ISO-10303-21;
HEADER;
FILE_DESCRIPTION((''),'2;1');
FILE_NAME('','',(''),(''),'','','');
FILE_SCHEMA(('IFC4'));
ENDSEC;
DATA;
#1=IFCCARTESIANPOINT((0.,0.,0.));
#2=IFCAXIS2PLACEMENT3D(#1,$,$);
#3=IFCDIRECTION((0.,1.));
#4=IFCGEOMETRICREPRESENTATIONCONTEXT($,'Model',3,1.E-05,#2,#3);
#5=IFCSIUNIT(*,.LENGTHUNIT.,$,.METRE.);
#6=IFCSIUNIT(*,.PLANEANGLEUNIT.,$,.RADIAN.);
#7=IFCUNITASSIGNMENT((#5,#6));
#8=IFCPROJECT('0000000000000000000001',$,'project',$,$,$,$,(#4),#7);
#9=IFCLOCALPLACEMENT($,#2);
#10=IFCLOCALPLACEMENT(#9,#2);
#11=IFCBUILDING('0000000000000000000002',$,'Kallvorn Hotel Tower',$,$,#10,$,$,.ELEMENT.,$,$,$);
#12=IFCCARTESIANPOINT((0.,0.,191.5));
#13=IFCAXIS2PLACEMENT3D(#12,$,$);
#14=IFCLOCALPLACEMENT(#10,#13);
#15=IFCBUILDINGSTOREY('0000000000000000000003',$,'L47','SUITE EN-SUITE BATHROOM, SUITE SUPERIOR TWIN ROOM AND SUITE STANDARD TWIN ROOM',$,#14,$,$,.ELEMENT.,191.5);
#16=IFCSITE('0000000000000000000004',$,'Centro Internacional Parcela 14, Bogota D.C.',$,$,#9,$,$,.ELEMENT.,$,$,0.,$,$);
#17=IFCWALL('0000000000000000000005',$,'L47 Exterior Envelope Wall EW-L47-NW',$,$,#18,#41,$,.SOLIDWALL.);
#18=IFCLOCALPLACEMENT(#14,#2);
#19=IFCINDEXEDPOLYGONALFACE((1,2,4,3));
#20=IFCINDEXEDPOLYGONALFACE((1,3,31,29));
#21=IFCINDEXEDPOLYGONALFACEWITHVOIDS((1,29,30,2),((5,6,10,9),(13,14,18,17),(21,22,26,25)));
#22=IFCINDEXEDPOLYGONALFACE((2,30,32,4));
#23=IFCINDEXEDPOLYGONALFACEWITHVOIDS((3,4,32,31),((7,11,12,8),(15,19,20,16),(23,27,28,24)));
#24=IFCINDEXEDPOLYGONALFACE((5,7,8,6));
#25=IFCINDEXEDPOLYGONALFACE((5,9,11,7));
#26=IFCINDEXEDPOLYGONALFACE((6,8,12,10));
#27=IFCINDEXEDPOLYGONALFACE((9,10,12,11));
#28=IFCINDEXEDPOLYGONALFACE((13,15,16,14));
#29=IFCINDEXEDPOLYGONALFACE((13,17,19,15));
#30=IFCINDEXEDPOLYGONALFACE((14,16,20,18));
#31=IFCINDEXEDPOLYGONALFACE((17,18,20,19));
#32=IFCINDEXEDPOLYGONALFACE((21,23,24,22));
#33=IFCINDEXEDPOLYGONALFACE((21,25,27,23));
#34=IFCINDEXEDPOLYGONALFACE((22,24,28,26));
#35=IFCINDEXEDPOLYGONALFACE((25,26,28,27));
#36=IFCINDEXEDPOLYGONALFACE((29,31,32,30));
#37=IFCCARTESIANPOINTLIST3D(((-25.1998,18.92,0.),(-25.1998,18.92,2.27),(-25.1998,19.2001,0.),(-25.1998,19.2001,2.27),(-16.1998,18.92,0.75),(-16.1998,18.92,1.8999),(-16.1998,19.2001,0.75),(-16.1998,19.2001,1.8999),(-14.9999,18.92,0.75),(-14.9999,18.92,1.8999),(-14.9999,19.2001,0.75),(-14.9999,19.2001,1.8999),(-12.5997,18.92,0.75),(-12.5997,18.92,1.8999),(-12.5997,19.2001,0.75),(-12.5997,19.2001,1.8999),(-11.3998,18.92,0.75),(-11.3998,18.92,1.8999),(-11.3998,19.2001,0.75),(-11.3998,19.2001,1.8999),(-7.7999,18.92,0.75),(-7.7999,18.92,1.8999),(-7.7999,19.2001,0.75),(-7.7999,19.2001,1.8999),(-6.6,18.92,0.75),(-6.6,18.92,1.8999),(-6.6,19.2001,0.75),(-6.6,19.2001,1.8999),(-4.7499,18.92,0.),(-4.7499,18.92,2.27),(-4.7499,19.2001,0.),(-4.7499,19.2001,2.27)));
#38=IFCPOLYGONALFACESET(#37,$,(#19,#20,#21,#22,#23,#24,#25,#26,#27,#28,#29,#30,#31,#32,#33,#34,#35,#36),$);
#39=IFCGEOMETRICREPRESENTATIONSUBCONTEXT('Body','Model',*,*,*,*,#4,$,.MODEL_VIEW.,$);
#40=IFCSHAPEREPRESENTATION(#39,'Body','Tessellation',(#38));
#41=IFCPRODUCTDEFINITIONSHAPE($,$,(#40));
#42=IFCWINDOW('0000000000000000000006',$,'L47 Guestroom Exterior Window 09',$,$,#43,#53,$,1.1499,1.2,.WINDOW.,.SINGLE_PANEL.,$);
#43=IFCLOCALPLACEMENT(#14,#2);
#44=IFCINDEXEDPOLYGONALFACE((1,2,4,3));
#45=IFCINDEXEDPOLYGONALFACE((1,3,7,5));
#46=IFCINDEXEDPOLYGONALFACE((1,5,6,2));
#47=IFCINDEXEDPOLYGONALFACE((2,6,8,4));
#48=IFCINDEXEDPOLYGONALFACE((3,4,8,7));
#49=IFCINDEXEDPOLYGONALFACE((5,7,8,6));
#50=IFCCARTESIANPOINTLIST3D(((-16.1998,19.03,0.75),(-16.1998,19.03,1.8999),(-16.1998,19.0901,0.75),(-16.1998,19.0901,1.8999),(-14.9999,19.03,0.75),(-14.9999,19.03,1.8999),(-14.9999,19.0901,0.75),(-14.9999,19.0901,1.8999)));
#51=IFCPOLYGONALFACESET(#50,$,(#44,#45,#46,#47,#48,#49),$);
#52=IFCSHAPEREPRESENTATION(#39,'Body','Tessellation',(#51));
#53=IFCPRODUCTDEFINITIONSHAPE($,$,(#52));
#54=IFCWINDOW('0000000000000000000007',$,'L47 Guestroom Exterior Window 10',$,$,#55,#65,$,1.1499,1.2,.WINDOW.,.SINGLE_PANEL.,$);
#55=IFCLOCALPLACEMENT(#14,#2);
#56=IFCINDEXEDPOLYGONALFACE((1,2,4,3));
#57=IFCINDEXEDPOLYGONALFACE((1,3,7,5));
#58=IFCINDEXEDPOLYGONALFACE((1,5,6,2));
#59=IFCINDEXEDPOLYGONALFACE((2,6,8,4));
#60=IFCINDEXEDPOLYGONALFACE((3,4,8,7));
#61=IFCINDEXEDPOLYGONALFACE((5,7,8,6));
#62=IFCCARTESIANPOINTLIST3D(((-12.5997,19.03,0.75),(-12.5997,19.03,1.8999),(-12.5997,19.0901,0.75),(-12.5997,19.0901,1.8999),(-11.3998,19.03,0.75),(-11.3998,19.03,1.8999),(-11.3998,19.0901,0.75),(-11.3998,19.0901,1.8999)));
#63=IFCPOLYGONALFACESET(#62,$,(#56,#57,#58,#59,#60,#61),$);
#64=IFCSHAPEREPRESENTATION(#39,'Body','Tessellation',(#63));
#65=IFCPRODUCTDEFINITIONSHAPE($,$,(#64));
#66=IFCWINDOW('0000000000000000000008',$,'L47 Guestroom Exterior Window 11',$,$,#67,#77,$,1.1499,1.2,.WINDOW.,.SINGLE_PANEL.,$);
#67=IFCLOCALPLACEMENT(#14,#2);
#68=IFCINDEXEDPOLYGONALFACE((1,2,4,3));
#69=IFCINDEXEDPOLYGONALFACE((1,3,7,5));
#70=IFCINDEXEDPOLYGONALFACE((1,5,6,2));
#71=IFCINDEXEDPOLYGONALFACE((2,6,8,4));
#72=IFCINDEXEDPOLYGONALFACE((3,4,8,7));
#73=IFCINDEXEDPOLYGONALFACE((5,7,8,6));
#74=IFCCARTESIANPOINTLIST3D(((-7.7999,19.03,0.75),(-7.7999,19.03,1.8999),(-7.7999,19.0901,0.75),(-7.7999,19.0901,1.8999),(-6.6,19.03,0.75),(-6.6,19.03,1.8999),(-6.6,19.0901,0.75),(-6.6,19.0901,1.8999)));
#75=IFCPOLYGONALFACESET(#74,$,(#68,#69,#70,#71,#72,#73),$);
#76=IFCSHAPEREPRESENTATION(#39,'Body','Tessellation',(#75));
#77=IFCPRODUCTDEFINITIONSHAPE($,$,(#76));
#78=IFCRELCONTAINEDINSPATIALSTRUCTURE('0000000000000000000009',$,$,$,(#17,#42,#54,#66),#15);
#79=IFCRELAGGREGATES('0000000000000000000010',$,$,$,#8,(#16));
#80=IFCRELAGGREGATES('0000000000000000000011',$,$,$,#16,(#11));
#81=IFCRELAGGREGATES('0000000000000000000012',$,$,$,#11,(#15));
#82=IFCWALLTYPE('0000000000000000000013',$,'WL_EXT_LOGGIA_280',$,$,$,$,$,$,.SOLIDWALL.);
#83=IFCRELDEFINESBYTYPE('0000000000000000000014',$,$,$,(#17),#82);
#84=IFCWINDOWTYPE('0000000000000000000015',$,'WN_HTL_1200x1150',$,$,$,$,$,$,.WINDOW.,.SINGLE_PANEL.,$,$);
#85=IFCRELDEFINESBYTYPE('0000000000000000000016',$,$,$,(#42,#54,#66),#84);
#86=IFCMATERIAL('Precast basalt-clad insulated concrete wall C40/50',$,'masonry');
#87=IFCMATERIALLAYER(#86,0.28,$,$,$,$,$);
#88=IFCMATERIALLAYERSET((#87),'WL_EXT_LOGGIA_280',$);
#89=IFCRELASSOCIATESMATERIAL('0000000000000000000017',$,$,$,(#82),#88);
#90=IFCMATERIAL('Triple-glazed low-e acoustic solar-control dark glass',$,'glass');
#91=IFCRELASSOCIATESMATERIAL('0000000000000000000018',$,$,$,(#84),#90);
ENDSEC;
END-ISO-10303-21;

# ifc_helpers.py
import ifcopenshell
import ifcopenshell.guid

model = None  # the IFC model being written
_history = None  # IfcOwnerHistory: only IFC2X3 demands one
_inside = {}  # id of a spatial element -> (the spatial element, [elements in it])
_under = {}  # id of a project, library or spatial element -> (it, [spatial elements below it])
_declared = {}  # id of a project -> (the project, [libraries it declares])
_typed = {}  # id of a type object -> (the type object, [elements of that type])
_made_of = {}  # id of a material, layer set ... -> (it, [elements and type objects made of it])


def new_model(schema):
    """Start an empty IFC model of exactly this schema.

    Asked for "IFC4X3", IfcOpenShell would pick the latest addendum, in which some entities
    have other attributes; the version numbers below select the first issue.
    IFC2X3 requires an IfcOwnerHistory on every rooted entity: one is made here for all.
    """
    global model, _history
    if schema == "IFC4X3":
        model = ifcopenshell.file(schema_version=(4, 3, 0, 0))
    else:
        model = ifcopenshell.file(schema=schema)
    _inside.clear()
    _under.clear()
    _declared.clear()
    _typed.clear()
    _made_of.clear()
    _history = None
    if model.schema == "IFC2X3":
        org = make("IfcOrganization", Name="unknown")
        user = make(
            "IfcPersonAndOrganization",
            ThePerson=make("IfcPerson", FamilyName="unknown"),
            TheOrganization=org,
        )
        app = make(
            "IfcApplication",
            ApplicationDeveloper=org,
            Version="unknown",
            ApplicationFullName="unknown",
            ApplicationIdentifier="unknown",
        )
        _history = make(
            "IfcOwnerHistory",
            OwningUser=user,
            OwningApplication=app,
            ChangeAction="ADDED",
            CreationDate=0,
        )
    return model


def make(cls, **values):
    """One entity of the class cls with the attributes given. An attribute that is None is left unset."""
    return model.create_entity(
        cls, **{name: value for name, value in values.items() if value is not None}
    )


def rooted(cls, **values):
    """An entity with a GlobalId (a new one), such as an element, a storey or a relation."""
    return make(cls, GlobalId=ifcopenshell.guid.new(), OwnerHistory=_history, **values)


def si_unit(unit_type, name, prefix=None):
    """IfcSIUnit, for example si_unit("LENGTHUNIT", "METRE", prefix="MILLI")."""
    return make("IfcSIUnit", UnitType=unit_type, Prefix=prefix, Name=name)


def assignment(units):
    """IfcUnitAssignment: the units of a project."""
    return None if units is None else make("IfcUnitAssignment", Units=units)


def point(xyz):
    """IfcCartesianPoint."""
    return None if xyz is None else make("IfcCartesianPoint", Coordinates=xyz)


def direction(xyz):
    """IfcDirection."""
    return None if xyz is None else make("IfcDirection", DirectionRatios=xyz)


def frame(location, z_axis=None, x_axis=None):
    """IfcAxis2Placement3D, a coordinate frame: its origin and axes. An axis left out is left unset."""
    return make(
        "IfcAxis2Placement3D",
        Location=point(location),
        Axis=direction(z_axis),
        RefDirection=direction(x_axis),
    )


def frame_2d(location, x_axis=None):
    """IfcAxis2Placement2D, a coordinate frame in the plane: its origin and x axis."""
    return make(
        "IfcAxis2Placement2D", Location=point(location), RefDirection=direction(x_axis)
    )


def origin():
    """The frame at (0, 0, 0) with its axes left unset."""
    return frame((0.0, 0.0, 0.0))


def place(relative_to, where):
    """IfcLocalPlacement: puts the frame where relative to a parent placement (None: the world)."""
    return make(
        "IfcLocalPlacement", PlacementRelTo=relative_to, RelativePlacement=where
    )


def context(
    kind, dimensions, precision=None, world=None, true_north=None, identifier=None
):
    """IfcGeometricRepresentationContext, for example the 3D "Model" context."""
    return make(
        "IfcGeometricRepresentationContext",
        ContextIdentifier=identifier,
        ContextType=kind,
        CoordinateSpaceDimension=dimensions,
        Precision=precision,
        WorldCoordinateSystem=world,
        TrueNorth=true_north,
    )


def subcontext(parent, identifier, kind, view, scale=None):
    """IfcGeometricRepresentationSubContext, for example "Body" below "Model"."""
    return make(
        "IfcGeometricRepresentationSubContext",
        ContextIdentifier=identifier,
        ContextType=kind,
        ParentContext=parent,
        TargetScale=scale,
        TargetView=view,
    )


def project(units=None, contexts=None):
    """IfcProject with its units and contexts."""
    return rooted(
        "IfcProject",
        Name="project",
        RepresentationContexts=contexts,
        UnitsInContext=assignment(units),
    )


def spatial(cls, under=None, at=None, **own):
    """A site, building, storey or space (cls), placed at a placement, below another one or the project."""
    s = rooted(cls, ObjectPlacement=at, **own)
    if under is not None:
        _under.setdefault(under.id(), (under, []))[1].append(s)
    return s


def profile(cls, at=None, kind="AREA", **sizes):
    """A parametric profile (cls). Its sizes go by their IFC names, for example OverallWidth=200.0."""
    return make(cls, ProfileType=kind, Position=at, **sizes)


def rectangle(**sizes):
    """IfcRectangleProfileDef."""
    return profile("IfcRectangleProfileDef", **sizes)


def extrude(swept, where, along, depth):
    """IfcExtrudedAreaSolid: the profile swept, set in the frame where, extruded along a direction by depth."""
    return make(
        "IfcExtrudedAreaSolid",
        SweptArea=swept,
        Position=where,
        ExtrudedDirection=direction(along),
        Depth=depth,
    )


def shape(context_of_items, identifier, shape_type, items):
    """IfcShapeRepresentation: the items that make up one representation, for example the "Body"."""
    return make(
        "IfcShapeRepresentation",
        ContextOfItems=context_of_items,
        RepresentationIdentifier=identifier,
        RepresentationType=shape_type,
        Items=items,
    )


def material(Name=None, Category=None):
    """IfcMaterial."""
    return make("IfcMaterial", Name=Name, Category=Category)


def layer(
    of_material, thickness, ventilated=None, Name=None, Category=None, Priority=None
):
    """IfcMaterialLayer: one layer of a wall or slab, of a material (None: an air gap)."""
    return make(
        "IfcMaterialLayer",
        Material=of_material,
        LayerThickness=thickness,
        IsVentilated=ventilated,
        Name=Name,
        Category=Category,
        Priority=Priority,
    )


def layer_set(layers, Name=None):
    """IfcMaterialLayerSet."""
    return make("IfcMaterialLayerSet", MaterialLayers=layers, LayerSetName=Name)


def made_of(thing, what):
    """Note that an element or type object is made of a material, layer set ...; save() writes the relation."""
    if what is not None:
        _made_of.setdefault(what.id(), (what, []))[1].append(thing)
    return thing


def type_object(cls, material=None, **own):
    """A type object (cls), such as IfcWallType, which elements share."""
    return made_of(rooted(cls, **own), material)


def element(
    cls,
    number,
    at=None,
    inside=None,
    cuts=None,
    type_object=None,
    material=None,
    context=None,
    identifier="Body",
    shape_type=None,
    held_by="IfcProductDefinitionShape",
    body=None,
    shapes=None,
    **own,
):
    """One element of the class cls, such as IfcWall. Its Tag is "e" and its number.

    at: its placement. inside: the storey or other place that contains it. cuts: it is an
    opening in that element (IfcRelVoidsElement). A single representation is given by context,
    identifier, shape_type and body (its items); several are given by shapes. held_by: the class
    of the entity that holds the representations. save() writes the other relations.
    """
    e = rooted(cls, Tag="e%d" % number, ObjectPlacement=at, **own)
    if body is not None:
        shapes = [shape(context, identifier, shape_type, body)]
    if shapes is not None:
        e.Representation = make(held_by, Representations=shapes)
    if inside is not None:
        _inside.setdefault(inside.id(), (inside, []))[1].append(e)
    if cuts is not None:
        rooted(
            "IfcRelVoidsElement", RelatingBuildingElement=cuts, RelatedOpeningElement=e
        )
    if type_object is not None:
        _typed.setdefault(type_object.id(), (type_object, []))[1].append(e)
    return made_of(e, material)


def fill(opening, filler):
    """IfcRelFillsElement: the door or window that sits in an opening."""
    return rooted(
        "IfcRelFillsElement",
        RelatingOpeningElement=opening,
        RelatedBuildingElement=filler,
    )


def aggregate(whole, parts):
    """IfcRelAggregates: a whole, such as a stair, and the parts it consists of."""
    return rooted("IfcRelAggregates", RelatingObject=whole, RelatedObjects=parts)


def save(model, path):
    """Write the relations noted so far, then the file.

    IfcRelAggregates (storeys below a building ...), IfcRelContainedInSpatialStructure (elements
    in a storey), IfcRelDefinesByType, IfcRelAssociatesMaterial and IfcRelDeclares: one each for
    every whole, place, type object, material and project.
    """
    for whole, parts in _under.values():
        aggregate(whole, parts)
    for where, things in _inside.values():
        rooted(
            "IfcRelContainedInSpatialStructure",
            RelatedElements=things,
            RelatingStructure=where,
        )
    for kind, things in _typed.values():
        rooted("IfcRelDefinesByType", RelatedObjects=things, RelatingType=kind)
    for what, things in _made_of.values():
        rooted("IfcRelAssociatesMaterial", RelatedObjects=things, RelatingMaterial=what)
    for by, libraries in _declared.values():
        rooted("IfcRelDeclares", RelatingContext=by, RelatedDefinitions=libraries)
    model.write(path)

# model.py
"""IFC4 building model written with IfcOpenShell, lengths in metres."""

from ifc_helpers import new_model, si_unit, direction, frame, frame_2d, origin, place, context, subcontext, project, spatial, rectangle, extrude, material, layer, layer_set, type_object, element, fill, save


model = new_model("IFC4")

# Units and contexts
model_context = context("Model", 3, precision=1e-05, world=origin(), true_north=direction((0.0, 1.0)))
body_context = subcontext(model_context, "Body", "Model", "MODEL_VIEW")
ifc_project = project(units=[si_unit("LENGTHUNIT", "METRE"), si_unit("PLANEANGLEUNIT", "RADIAN")], contexts=[model_context])

# Site, building, storey
site_placement = place(None, origin())
site = spatial("IfcSite", under=ifc_project, at=site_placement, Name="Centro Internacional Parcela 14, Bogota D.C.", CompositionType="ELEMENT", RefElevation=0.0)
building_placement = place(site_placement, origin())
building = spatial("IfcBuilding", under=site, at=building_placement, Name="Kallvorn Hotel Tower", CompositionType="ELEMENT")
storey_placement = place(building_placement, frame((0.0, 0.0, 191.5)))
storey = spatial("IfcBuildingStorey", under=building, at=storey_placement, Name="L47", Description="SUITE EN-SUITE BATHROOM, SUITE SUPERIOR TWIN ROOM AND SUITE STANDARD TWIN ROOM", CompositionType="ELEMENT", Elevation=191.5)

# Shared definitions
ifc_material_1 = material(Name="Precast basalt-clad insulated concrete wall C40/50", Category="masonry")
ifc_layer_1 = layer(ifc_material_1, 0.28)
ifc_layer_set_1 = layer_set([ifc_layer_1], Name="WL_EXT_LOGGIA_280")
wall_type = type_object("IfcWallType", Name="WL_EXT_LOGGIA_280", PredefinedType="SOLIDWALL", material=ifc_layer_set_1)

# Wall, openings, windows
wall_1_placement = place(storey_placement, frame((-25.2, 19.0601, 0.0), z_axis=(0.0, 0.0, 1.0), x_axis=(1.0, 0.0, 0.0)))
wall_1 = element("IfcWall", 1, at=wall_1_placement, inside=storey, type_object=wall_type, Name="L47 Exterior Envelope Wall EW-L47-NW", PredefinedType="SOLIDWALL", context=body_context, shape_type="SweptSolid", body=[
    extrude(rectangle(XDim=20.45, YDim=0.28, at=frame_2d((10.2251, 0.0))), origin(), (0.0, 0.0, 1.0), 2.27),
])
opening_1_placement = place(wall_1_placement, frame((9.0, 0.0, 0.75)))
opening_1 = element("IfcOpeningElement", 2, at=opening_1_placement, cuts=wall_1, PredefinedType="OPENING", context=body_context, shape_type="SweptSolid", body=[
    extrude(rectangle(XDim=1.2, YDim=1.1499, at=frame_2d((0.6001, 0.575))), frame((0.0, 0.155, 0.0), z_axis=(0.0, -1.0, 0.0), x_axis=(1.0, 0.0, 0.0)), (0.0, 0.0, 1.0), 0.3101),
])
opening_2_placement = place(wall_1_placement, frame((12.6001, 0.0, 0.75)))
opening_2 = element("IfcOpeningElement", 3, at=opening_2_placement, cuts=wall_1, PredefinedType="OPENING", context=body_context, shape_type="SweptSolid", body=[
    extrude(rectangle(XDim=1.2, YDim=1.1499, at=frame_2d((0.6001, 0.575))), frame((0.0, 0.155, 0.0), z_axis=(0.0, -1.0, 0.0), x_axis=(1.0, 0.0, 0.0)), (0.0, 0.0, 1.0), 0.3101),
])
opening_3_placement = place(wall_1_placement, frame((17.3999, 0.0, 0.75)))
opening_3 = element("IfcOpeningElement", 4, at=opening_3_placement, cuts=wall_1, PredefinedType="OPENING", context=body_context, shape_type="SweptSolid", body=[
    extrude(rectangle(XDim=1.2, YDim=1.1499, at=frame_2d((0.6001, 0.575))), frame((0.0, 0.155, 0.0), z_axis=(0.0, -1.0, 0.0), x_axis=(1.0, 0.0, 0.0)), (0.0, 0.0, 1.0), 0.3101),
])
ifc_material_2 = material(Name="Triple-glazed low-e acoustic solar-control dark glass", Category="glass")
window_type = type_object("IfcWindowType", Name="WN_HTL_1200x1150", PartitioningType="SINGLE_PANEL", PredefinedType="WINDOW", material=ifc_material_2)
window_1_placement = place(opening_1_placement, origin())
window_1 = element("IfcWindow", 5, at=window_1_placement, inside=storey, type_object=window_type, Name="L47 Guestroom Exterior Window 09", OverallHeight=1.1499, OverallWidth=1.2, PartitioningType="SINGLE_PANEL", PredefinedType="WINDOW", context=body_context, shape_type="SweptSolid", body=[
    extrude(rectangle(XDim=1.2, YDim=1.1499, at=frame_2d((0.6001, 0.575))), frame((0.0, 0.03, 0.0), z_axis=(0.0, -1.0, 0.0), x_axis=(1.0, 0.0, 0.0)), (0.0, 0.0, 1.0), 0.0601),
])
fill(opening_1, window_1)
window_2_placement = place(opening_2_placement, origin())
window_2 = element("IfcWindow", 6, at=window_2_placement, inside=storey, type_object=window_type, Name="L47 Guestroom Exterior Window 10", OverallHeight=1.1499, OverallWidth=1.2, PartitioningType="SINGLE_PANEL", PredefinedType="WINDOW", context=body_context, shape_type="SweptSolid", body=[
    extrude(rectangle(XDim=1.2, YDim=1.1499, at=frame_2d((0.6001, 0.575))), frame((0.0, 0.03, 0.0), z_axis=(0.0, -1.0, 0.0), x_axis=(1.0, 0.0, 0.0)), (0.0, 0.0, 1.0), 0.0601),
])
fill(opening_2, window_2)
window_3_placement = place(opening_3_placement, origin())
window_3 = element("IfcWindow", 7, at=window_3_placement, inside=storey, type_object=window_type, Name="L47 Guestroom Exterior Window 11", OverallHeight=1.1499, OverallWidth=1.2, PartitioningType="SINGLE_PANEL", PredefinedType="WINDOW", context=body_context, shape_type="SweptSolid", body=[
    extrude(rectangle(XDim=1.2, YDim=1.1499, at=frame_2d((0.6001, 0.575))), frame((0.0, 0.03, 0.0), z_axis=(0.0, -1.0, 0.0), x_axis=(1.0, 0.0, 0.0)), (0.0, 0.0, 1.0), 0.0601),
])
fill(opening_3, window_3)

save(model, "model.ifc")
